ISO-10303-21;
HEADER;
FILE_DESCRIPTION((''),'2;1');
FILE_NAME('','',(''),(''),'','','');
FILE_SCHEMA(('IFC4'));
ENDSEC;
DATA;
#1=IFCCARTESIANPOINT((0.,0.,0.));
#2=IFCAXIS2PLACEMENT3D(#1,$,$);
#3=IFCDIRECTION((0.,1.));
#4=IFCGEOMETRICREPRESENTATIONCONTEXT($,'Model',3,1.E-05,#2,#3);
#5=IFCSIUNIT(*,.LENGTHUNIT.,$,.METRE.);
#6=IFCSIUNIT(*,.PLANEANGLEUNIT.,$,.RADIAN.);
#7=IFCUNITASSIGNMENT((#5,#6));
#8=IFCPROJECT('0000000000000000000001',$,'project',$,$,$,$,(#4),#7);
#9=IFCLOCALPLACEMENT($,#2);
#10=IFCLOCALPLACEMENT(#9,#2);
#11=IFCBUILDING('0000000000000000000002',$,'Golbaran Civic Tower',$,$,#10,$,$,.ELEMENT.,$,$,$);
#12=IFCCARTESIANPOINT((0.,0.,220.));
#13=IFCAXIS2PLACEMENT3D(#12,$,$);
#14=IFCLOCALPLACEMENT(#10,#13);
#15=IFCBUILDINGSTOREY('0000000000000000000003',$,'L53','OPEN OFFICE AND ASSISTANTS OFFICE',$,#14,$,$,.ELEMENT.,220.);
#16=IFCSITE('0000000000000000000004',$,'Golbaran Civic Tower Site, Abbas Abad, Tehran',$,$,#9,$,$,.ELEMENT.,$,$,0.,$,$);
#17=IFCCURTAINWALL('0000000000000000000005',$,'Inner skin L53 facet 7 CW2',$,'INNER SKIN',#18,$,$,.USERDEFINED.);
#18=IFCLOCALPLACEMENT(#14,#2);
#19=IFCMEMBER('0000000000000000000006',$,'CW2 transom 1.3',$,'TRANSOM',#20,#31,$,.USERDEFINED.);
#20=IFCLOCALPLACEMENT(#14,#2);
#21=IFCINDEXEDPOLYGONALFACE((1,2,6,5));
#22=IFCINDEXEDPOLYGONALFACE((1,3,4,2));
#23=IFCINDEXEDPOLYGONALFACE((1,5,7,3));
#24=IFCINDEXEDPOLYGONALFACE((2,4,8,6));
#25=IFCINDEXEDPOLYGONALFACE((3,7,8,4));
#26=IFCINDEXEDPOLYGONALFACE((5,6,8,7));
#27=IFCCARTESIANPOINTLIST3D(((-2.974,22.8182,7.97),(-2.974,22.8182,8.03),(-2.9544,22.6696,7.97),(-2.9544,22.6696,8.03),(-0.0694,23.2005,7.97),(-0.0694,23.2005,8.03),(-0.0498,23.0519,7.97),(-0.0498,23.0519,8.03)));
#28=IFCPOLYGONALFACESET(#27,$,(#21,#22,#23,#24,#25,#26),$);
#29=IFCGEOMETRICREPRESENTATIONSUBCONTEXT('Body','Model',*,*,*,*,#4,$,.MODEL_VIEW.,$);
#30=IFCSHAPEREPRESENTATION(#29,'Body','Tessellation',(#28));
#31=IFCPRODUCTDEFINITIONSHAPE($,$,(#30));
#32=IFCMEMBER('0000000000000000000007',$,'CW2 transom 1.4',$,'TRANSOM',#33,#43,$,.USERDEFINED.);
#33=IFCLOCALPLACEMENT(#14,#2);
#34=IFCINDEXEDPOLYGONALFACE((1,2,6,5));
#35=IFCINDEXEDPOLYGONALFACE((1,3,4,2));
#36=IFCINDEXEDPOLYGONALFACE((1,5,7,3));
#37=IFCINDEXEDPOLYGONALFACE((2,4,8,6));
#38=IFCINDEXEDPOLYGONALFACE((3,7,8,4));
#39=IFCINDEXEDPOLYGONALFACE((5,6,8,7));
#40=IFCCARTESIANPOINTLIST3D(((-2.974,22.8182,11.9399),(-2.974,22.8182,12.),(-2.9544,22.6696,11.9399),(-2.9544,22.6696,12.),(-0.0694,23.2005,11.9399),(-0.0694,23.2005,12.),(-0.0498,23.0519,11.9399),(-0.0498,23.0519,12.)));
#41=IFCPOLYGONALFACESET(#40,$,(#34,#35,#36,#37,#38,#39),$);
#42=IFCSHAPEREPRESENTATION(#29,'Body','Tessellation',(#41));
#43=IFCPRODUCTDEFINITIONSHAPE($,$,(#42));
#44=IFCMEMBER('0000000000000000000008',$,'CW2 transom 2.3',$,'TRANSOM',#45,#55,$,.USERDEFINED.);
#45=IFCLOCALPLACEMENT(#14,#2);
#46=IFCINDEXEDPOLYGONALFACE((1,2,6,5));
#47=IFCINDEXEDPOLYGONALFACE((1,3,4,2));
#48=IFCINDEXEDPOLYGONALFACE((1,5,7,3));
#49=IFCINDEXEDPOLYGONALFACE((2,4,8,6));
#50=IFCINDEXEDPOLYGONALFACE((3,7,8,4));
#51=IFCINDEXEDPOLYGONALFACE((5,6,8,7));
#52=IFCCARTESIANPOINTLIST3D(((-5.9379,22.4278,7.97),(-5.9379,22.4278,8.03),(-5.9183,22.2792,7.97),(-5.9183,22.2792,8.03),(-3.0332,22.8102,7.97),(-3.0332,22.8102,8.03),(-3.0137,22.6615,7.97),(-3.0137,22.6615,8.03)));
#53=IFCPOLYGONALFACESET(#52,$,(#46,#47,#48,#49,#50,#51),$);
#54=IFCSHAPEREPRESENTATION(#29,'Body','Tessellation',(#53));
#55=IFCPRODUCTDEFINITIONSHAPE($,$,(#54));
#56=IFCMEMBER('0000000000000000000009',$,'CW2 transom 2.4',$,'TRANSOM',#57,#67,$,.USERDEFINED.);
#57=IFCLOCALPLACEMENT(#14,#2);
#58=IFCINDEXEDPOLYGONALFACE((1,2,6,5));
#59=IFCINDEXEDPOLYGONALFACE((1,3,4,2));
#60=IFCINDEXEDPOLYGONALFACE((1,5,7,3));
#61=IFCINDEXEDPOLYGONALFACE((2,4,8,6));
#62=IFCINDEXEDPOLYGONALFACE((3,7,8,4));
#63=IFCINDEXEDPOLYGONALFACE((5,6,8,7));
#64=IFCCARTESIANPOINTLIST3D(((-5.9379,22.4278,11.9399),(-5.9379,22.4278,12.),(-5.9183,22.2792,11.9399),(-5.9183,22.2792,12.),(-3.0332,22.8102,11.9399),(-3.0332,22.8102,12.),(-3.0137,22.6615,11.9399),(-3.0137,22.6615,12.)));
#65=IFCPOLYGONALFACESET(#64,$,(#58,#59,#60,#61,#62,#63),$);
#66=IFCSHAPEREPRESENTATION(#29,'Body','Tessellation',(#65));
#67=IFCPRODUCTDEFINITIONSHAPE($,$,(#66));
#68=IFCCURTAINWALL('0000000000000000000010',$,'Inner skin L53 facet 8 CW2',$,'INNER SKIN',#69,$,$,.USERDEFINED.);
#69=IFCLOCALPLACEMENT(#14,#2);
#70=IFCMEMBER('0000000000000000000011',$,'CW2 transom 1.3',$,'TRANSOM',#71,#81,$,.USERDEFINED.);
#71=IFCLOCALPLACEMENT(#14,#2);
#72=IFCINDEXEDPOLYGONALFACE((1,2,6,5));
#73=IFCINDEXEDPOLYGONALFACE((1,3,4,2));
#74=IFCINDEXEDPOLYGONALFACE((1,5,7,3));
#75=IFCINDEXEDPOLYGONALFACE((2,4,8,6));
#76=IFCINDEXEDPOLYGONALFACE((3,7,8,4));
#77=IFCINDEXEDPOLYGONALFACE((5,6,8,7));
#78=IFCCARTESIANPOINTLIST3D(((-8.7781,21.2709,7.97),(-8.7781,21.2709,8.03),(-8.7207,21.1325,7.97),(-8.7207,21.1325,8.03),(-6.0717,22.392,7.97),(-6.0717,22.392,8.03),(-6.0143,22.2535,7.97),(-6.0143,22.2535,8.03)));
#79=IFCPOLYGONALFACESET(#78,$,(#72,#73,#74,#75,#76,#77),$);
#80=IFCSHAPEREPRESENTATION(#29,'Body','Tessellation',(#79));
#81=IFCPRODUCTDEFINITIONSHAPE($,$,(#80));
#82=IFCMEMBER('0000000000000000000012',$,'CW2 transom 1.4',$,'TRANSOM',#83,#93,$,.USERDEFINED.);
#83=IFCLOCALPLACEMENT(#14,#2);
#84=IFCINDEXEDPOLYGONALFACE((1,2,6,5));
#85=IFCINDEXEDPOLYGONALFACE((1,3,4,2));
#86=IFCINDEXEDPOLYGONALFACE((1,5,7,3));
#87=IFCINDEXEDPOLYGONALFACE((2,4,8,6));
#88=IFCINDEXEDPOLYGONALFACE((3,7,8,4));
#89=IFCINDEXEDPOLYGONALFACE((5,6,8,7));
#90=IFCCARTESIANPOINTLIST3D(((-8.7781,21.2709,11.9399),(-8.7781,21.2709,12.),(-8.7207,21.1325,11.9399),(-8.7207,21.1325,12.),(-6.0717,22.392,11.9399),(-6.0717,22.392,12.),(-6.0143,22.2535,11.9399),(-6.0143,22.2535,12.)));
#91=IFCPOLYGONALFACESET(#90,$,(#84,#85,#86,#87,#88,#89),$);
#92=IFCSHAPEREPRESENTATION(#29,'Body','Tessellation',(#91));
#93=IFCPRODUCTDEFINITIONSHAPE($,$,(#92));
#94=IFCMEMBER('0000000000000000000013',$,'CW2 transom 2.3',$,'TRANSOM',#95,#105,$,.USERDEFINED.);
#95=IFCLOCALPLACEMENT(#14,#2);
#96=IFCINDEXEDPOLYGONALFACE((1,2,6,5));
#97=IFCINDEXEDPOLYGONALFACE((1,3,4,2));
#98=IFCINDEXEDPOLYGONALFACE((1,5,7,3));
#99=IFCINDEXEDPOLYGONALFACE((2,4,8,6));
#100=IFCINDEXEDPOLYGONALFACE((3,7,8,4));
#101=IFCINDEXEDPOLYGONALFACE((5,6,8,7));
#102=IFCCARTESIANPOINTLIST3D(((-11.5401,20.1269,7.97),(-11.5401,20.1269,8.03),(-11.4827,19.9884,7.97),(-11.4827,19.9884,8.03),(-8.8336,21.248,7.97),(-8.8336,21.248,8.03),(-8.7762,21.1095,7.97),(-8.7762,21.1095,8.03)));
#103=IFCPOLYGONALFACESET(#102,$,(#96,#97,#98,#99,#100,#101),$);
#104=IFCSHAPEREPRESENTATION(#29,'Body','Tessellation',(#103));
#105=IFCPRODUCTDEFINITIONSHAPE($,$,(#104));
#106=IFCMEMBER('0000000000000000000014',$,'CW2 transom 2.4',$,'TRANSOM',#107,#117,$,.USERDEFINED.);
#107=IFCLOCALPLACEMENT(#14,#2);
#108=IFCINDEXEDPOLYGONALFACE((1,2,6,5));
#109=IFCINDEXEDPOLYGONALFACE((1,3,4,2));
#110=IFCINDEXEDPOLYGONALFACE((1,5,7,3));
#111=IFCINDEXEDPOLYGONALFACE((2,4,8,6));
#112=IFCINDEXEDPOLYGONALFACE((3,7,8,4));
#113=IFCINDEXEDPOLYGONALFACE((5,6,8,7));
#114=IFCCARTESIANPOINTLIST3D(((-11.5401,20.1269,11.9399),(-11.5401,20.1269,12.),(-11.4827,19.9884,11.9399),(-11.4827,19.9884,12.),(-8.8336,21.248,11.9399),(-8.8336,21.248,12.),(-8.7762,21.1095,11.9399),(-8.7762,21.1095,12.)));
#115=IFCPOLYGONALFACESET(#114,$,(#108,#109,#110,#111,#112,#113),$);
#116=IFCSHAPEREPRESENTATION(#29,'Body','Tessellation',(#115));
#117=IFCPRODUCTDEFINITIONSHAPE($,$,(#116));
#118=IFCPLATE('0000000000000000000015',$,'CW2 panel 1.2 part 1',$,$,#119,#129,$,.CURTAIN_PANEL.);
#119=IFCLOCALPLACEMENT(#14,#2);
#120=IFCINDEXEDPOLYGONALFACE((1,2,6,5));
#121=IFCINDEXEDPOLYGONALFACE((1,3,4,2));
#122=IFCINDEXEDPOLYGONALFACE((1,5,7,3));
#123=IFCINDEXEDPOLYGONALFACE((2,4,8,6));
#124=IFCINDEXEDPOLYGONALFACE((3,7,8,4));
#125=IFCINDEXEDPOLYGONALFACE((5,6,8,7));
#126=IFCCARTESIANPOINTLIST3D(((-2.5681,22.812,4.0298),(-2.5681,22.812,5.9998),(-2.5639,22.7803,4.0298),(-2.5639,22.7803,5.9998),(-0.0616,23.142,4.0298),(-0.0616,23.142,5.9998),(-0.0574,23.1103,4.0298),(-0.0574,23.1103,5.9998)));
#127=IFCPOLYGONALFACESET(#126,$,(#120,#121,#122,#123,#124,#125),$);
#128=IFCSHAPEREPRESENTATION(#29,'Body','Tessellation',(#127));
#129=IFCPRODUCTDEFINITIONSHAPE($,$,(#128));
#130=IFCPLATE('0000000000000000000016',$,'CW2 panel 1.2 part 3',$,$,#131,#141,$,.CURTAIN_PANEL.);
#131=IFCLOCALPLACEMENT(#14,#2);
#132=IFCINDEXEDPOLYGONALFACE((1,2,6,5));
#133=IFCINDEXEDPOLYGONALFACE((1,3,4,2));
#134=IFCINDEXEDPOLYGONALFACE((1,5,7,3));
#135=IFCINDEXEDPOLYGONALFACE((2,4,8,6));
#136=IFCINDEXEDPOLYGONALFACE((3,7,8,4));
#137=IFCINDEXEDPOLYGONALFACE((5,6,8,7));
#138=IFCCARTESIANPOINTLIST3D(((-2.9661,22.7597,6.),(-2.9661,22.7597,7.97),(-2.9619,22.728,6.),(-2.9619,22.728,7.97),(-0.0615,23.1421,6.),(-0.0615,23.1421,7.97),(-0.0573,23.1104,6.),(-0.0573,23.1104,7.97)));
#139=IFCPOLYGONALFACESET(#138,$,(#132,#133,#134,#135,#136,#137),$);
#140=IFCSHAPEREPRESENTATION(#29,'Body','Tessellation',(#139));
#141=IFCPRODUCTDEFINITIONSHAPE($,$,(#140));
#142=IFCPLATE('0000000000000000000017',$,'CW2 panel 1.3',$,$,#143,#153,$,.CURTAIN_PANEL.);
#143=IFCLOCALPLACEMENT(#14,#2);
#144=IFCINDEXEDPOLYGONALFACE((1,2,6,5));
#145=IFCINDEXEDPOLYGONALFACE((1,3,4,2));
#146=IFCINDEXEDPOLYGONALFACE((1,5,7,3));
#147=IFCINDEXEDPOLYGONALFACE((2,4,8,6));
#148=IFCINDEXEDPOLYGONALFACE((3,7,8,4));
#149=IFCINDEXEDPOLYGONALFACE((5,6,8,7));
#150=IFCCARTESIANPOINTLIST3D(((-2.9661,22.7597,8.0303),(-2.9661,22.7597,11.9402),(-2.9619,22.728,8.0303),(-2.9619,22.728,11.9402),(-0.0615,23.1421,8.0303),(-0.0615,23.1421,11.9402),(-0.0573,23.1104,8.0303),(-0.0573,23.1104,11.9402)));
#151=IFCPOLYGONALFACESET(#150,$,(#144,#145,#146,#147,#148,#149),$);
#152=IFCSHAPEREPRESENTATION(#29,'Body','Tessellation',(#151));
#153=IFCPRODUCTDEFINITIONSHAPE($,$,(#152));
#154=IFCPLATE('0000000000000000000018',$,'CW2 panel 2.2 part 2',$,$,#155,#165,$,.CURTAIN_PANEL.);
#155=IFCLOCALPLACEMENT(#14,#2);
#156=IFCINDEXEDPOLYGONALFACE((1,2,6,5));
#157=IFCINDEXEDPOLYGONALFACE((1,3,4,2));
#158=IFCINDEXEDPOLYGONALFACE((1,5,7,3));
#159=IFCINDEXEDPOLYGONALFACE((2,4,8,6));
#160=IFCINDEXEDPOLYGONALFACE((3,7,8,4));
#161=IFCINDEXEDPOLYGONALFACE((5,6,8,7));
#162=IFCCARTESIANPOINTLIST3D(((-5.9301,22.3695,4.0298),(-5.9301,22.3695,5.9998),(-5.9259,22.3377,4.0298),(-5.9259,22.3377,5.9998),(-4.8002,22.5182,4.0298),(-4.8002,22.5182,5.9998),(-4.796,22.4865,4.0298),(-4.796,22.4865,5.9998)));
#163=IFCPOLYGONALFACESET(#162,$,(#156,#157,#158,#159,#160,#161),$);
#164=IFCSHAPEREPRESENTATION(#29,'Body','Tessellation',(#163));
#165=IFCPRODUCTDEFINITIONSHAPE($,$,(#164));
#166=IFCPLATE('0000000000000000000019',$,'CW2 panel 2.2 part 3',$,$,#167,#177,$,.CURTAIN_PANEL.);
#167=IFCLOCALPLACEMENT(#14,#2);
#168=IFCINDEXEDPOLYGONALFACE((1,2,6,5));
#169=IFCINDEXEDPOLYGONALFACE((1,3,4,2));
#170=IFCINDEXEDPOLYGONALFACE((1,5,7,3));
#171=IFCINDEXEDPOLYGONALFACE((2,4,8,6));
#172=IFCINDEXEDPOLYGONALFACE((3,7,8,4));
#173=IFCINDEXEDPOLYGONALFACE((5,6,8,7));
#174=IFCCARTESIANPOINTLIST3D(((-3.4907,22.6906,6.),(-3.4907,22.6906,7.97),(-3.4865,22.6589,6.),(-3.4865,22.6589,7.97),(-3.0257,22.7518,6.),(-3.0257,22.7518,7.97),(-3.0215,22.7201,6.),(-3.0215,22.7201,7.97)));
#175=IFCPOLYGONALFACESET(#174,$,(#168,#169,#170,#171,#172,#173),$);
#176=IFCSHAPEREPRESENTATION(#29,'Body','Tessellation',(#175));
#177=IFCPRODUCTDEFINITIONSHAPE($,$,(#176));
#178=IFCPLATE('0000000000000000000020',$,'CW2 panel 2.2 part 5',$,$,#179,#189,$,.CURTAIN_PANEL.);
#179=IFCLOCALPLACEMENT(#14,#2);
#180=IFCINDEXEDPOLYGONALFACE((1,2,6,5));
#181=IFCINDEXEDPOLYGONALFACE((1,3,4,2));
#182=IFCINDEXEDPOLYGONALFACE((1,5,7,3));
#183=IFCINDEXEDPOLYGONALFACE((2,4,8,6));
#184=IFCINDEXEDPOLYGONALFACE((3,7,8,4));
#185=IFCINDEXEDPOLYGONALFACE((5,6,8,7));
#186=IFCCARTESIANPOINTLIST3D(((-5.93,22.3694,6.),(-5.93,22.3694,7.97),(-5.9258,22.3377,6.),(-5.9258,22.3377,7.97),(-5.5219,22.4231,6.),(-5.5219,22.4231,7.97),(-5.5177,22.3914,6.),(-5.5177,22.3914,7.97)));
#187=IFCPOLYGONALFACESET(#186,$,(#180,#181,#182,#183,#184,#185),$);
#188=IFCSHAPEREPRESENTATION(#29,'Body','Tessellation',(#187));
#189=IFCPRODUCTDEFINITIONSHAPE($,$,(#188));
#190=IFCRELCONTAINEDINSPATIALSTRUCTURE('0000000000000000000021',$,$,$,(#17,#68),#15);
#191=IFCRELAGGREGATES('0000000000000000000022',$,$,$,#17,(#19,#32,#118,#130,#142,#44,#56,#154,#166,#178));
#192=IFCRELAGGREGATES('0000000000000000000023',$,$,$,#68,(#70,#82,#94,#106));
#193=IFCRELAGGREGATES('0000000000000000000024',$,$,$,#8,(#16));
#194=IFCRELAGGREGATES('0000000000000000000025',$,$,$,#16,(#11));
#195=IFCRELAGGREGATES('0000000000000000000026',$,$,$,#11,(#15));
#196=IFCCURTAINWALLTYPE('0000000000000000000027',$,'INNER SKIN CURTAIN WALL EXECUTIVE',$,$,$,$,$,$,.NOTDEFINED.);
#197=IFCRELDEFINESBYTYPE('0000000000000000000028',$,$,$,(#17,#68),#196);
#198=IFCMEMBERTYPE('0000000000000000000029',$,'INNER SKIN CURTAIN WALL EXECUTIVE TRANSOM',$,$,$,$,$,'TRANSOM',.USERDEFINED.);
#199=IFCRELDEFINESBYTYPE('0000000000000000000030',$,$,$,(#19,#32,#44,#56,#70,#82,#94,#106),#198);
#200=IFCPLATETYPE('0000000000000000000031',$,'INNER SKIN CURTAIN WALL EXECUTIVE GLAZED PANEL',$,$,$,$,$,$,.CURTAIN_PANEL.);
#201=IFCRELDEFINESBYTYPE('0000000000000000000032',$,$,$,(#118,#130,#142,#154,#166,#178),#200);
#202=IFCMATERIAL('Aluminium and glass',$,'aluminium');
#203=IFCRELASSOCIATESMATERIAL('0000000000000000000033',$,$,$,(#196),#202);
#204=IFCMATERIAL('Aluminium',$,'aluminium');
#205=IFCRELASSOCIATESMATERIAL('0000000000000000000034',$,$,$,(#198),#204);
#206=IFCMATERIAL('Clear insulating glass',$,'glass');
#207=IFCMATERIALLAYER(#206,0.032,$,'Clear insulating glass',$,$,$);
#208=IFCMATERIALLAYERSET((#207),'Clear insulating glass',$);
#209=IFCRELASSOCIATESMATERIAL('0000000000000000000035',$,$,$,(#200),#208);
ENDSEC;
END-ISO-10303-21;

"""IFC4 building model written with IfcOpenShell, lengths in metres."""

from ifc_helpers import new_model, si_unit, direction, frame, origin, origin_2d, place, context, subcontext, project, spatial, rectangle, extrude, material, layer, layer_set, material_profile, profile_set, type_object, element, aggregate, save


model = new_model("IFC4")

# Units and contexts
model_context = context("Model", 3, precision=1e-05, world=origin(), true_north=direction((0.0, 1.0)))
body_context = subcontext(model_context, "Body", "Model", "MODEL_VIEW")
ifc_project = project(units=[si_unit("LENGTHUNIT", "METRE"), si_unit("PLANEANGLEUNIT", "RADIAN")], contexts=[model_context])

# Site, building, storey
site_placement = place(None, origin())
site = spatial("IfcSite", under=ifc_project, at=site_placement, Name="Golbaran Civic Tower Site, Abbas Abad, Tehran", CompositionType="ELEMENT", RefElevation=0.0)
building_placement = place(site_placement, origin())
building = spatial("IfcBuilding", under=site, at=building_placement, Name="Golbaran Civic Tower", CompositionType="ELEMENT")
storey_placement = place(building_placement, frame((0.0, 0.0, 220.0)))
storey = spatial("IfcBuildingStorey", under=building, at=storey_placement, Name="L53", Description="OPEN OFFICE AND ASSISTANTS OFFICE", CompositionType="ELEMENT", Elevation=220.0)

# Curtain walls, members
ifc_material_1 = material(Name="Aluminium and glass", Category="aluminium")
curtain_wall_type = type_object("IfcCurtainWallType", Name="INNER SKIN CURTAIN WALL EXECUTIVE", PredefinedType="NOTDEFINED", material=ifc_material_1)
curtain_wall_1_placement = place(storey_placement, origin())
curtain_wall_1 = element("IfcCurtainWall", 1, at=curtain_wall_1_placement, inside=storey, type_object=curtain_wall_type, Name="Inner skin L53 facet 7 CW2", ObjectType="INNER SKIN", PredefinedType="USERDEFINED")
ifc_material_2 = material(Name="Aluminium", Category="aluminium")
ifc_material_profile = material_profile(ifc_material_2, rectangle(XDim=0.1499, YDim=0.0601, at=origin_2d()), Name="INNER SKIN CURTAIN WALL EXECUTIVE TRANSOM")
ifc_profile_set = profile_set([ifc_material_profile], Name="Aluminium")
member_type = type_object("IfcMemberType", Name="INNER SKIN CURTAIN WALL EXECUTIVE TRANSOM", ElementType="TRANSOM", PredefinedType="USERDEFINED", material=ifc_profile_set)
member_1_placement = place(storey_placement, frame((-0.0596, 23.1262, 8.0), z_axis=(-0.991448, -0.130504, 0.0), x_axis=(0.130504, -0.991448, 0.0)))
member_1 = element("IfcMember", 2, at=member_1_placement, type_object=member_type, Name="CW2 transom 1.3", ObjectType="TRANSOM", PredefinedType="USERDEFINED", context=body_context, shape_type="SweptSolid", body=[
    extrude(rectangle(XDim=0.1499, YDim=0.0601, at=origin_2d()), origin(), (0.0, 0.0, 1.0), 2.9297),
])
member_2_placement = place(storey_placement, frame((-0.0596, 23.1262, 11.97), z_axis=(-0.991448, -0.130504, 0.0), x_axis=(0.130504, -0.991448, 0.0)))
member_2 = element("IfcMember", 3, at=member_2_placement, type_object=member_type, Name="CW2 transom 1.4", ObjectType="TRANSOM", PredefinedType="USERDEFINED", context=body_context, shape_type="SweptSolid", body=[
    extrude(rectangle(XDim=0.1499, YDim=0.0601, at=origin_2d()), origin(), (0.0, 0.0, 1.0), 2.9297),
])
member_3_placement = place(storey_placement, frame((-3.0234, 22.7358, 8.0), z_axis=(-0.991448, -0.130504, 0.0), x_axis=(0.130504, -0.991448, 0.0)))
member_3 = element("IfcMember", 4, at=member_3_placement, type_object=member_type, Name="CW2 transom 2.3", ObjectType="TRANSOM", PredefinedType="USERDEFINED", context=body_context, shape_type="SweptSolid", body=[
    extrude(rectangle(XDim=0.1499, YDim=0.0601, at=origin_2d()), origin(), (0.0, 0.0, 1.0), 2.9297),
])
member_4_placement = place(storey_placement, frame((-3.0234, 22.7358, 11.97), z_axis=(-0.991448, -0.130504, 0.0), x_axis=(0.130504, -0.991448, 0.0)))
member_4 = element("IfcMember", 5, at=member_4_placement, type_object=member_type, Name="CW2 transom 2.4", ObjectType="TRANSOM", PredefinedType="USERDEFINED", context=body_context, shape_type="SweptSolid", body=[
    extrude(rectangle(XDim=0.1499, YDim=0.0601, at=origin_2d()), origin(), (0.0, 0.0, 1.0), 2.9297),
])
curtain_wall_2_placement = place(storey_placement, origin())
curtain_wall_2 = element("IfcCurtainWall", 6, at=curtain_wall_2_placement, inside=storey, type_object=curtain_wall_type, Name="Inner skin L53 facet 8 CW2", ObjectType="INNER SKIN", PredefinedType="USERDEFINED")
member_5_placement = place(storey_placement, frame((-6.043, 22.3228, 8.0), z_axis=(-0.923879, -0.382685, 0.0), x_axis=(0.382685, -0.923879, 0.0)))
member_5 = element("IfcMember", 7, at=member_5_placement, type_object=member_type, Name="CW2 transom 1.3", ObjectType="TRANSOM", PredefinedType="USERDEFINED", context=body_context, shape_type="SweptSolid", body=[
    extrude(rectangle(XDim=0.1499, YDim=0.0601, at=origin_2d()), origin(), (0.0, 0.0, 1.0), 2.9294),
])
member_6_placement = place(storey_placement, frame((-6.043, 22.3228, 11.97), z_axis=(-0.923879, -0.382685, 0.0), x_axis=(0.382685, -0.923879, 0.0)))
member_6 = element("IfcMember", 8, at=member_6_placement, type_object=member_type, Name="CW2 transom 1.4", ObjectType="TRANSOM", PredefinedType="USERDEFINED", context=body_context, shape_type="SweptSolid", body=[
    extrude(rectangle(XDim=0.1499, YDim=0.0601, at=origin_2d()), origin(), (0.0, 0.0, 1.0), 2.9294),
])
member_7_placement = place(storey_placement, frame((-8.8049, 21.1787, 8.0), z_axis=(-0.923879, -0.382685, 0.0), x_axis=(0.382685, -0.923879, 0.0)))
member_7 = element("IfcMember", 9, at=member_7_placement, type_object=member_type, Name="CW2 transom 2.3", ObjectType="TRANSOM", PredefinedType="USERDEFINED", context=body_context, shape_type="SweptSolid", body=[
    extrude(rectangle(XDim=0.1499, YDim=0.0601, at=origin_2d()), origin(), (0.0, 0.0, 1.0), 2.9294),
])
member_8_placement = place(storey_placement, frame((-8.8049, 21.1787, 11.97), z_axis=(-0.923879, -0.382685, 0.0), x_axis=(0.382685, -0.923879, 0.0)))
member_8 = element("IfcMember", 10, at=member_8_placement, type_object=member_type, Name="CW2 transom 2.4", ObjectType="TRANSOM", PredefinedType="USERDEFINED", context=body_context, shape_type="SweptSolid", body=[
    extrude(rectangle(XDim=0.1499, YDim=0.0601, at=origin_2d()), origin(), (0.0, 0.0, 1.0), 2.9294),
])

# Plates
ifc_material_3 = material(Name="Clear insulating glass", Category="glass")
ifc_layer_1 = layer(ifc_material_3, 0.032, Name="Clear insulating glass")
ifc_layer_set_1 = layer_set([ifc_layer_1], Name="Clear insulating glass")
plate_type_1 = type_object("IfcPlateType", Name="INNER SKIN CURTAIN WALL EXECUTIVE GLAZED PANEL", PredefinedType="CURTAIN_PANEL", material=ifc_layer_set_1)
plate_1_placement = place(storey_placement, frame((-1.3127, 22.9612, 4.0298), z_axis=(0.0, 0.0, 1.0), x_axis=(-0.991445, -0.130526, 0.0)))
plate_1 = element("IfcPlate", 11, at=plate_1_placement, type_object=plate_type_1, Name="CW2 panel 1.2 part 1", PredefinedType="CURTAIN_PANEL", context=body_context, shape_type="SweptSolid", body=[
    extrude(rectangle(XDim=2.5281, YDim=0.032, at=origin_2d()), origin(), (0.0, 0.0, 1.0), 1.97),
])
plate_2_placement = place(storey_placement, frame((-1.5117, 22.9351, 6.0), z_axis=(0.0, 0.0, 1.0), x_axis=(-0.991445, -0.130526, 0.0)))
plate_2 = element("IfcPlate", 12, at=plate_2_placement, type_object=plate_type_1, Name="CW2 panel 1.2 part 3", PredefinedType="CURTAIN_PANEL", context=body_context, shape_type="SweptSolid", body=[
    extrude(rectangle(XDim=2.9297, YDim=0.032, at=origin_2d()), origin(), (0.0, 0.0, 1.0), 1.97),
])
plate_3_placement = place(storey_placement, frame((-1.5117, 22.9351, 8.0303), z_axis=(0.0, 0.0, 1.0), x_axis=(-0.991445, -0.130526, 0.0)))
plate_3 = element("IfcPlate", 13, at=plate_3_placement, type_object=plate_type_1, Name="CW2 panel 1.3", PredefinedType="CURTAIN_PANEL", context=body_context, shape_type="SweptSolid", body=[
    extrude(rectangle(XDim=2.9297, YDim=0.032, at=origin_2d()), origin(), (0.0, 0.0, 1.0), 3.9099),
])
plate_4_placement = place(storey_placement, frame((-5.363, 22.428, 4.0298), z_axis=(0.0, 0.0, 1.0), x_axis=(-0.991445, -0.130526, 0.0)))
plate_4 = element("IfcPlate", 14, at=plate_4_placement, type_object=plate_type_1, Name="CW2 panel 2.2 part 2", PredefinedType="CURTAIN_PANEL", context=body_context, shape_type="SweptSolid", body=[
    extrude(rectangle(XDim=1.1396, YDim=0.032, at=origin_2d()), origin(), (0.0, 0.0, 1.0), 1.97),
])
plate_5_placement = place(storey_placement, frame((-3.2561, 22.7053, 6.0), z_axis=(0.0, 0.0, 1.0), x_axis=(-0.991445, -0.130526, 0.0)))
plate_5 = element("IfcPlate", 15, at=plate_5_placement, type_object=plate_type_1, Name="CW2 panel 2.2 part 3", PredefinedType="CURTAIN_PANEL", context=body_context, shape_type="SweptSolid", body=[
    extrude(rectangle(XDim=0.469, YDim=0.032, at=origin_2d()), origin(), (0.0, 0.0, 1.0), 1.97),
])
plate_6_placement = place(storey_placement, frame((-5.7239, 22.3804, 6.0), z_axis=(0.0, 0.0, 1.0), x_axis=(-0.991445, -0.130526, 0.0)))
plate_6 = element("IfcPlate", 16, at=plate_6_placement, type_object=plate_type_1, Name="CW2 panel 2.2 part 5", PredefinedType="CURTAIN_PANEL", context=body_context, shape_type="SweptSolid", body=[
    extrude(rectangle(XDim=0.4116, YDim=0.032, at=origin_2d()), origin(), (0.0, 0.0, 1.0), 1.97),
])
aggregate(curtain_wall_1, [member_1, member_2, plate_1, plate_2, plate_3, member_3, member_4, plate_4, plate_5, plate_6])
aggregate(curtain_wall_2, [member_5, member_6, member_7, member_8])

save(model, "model.ifc")
